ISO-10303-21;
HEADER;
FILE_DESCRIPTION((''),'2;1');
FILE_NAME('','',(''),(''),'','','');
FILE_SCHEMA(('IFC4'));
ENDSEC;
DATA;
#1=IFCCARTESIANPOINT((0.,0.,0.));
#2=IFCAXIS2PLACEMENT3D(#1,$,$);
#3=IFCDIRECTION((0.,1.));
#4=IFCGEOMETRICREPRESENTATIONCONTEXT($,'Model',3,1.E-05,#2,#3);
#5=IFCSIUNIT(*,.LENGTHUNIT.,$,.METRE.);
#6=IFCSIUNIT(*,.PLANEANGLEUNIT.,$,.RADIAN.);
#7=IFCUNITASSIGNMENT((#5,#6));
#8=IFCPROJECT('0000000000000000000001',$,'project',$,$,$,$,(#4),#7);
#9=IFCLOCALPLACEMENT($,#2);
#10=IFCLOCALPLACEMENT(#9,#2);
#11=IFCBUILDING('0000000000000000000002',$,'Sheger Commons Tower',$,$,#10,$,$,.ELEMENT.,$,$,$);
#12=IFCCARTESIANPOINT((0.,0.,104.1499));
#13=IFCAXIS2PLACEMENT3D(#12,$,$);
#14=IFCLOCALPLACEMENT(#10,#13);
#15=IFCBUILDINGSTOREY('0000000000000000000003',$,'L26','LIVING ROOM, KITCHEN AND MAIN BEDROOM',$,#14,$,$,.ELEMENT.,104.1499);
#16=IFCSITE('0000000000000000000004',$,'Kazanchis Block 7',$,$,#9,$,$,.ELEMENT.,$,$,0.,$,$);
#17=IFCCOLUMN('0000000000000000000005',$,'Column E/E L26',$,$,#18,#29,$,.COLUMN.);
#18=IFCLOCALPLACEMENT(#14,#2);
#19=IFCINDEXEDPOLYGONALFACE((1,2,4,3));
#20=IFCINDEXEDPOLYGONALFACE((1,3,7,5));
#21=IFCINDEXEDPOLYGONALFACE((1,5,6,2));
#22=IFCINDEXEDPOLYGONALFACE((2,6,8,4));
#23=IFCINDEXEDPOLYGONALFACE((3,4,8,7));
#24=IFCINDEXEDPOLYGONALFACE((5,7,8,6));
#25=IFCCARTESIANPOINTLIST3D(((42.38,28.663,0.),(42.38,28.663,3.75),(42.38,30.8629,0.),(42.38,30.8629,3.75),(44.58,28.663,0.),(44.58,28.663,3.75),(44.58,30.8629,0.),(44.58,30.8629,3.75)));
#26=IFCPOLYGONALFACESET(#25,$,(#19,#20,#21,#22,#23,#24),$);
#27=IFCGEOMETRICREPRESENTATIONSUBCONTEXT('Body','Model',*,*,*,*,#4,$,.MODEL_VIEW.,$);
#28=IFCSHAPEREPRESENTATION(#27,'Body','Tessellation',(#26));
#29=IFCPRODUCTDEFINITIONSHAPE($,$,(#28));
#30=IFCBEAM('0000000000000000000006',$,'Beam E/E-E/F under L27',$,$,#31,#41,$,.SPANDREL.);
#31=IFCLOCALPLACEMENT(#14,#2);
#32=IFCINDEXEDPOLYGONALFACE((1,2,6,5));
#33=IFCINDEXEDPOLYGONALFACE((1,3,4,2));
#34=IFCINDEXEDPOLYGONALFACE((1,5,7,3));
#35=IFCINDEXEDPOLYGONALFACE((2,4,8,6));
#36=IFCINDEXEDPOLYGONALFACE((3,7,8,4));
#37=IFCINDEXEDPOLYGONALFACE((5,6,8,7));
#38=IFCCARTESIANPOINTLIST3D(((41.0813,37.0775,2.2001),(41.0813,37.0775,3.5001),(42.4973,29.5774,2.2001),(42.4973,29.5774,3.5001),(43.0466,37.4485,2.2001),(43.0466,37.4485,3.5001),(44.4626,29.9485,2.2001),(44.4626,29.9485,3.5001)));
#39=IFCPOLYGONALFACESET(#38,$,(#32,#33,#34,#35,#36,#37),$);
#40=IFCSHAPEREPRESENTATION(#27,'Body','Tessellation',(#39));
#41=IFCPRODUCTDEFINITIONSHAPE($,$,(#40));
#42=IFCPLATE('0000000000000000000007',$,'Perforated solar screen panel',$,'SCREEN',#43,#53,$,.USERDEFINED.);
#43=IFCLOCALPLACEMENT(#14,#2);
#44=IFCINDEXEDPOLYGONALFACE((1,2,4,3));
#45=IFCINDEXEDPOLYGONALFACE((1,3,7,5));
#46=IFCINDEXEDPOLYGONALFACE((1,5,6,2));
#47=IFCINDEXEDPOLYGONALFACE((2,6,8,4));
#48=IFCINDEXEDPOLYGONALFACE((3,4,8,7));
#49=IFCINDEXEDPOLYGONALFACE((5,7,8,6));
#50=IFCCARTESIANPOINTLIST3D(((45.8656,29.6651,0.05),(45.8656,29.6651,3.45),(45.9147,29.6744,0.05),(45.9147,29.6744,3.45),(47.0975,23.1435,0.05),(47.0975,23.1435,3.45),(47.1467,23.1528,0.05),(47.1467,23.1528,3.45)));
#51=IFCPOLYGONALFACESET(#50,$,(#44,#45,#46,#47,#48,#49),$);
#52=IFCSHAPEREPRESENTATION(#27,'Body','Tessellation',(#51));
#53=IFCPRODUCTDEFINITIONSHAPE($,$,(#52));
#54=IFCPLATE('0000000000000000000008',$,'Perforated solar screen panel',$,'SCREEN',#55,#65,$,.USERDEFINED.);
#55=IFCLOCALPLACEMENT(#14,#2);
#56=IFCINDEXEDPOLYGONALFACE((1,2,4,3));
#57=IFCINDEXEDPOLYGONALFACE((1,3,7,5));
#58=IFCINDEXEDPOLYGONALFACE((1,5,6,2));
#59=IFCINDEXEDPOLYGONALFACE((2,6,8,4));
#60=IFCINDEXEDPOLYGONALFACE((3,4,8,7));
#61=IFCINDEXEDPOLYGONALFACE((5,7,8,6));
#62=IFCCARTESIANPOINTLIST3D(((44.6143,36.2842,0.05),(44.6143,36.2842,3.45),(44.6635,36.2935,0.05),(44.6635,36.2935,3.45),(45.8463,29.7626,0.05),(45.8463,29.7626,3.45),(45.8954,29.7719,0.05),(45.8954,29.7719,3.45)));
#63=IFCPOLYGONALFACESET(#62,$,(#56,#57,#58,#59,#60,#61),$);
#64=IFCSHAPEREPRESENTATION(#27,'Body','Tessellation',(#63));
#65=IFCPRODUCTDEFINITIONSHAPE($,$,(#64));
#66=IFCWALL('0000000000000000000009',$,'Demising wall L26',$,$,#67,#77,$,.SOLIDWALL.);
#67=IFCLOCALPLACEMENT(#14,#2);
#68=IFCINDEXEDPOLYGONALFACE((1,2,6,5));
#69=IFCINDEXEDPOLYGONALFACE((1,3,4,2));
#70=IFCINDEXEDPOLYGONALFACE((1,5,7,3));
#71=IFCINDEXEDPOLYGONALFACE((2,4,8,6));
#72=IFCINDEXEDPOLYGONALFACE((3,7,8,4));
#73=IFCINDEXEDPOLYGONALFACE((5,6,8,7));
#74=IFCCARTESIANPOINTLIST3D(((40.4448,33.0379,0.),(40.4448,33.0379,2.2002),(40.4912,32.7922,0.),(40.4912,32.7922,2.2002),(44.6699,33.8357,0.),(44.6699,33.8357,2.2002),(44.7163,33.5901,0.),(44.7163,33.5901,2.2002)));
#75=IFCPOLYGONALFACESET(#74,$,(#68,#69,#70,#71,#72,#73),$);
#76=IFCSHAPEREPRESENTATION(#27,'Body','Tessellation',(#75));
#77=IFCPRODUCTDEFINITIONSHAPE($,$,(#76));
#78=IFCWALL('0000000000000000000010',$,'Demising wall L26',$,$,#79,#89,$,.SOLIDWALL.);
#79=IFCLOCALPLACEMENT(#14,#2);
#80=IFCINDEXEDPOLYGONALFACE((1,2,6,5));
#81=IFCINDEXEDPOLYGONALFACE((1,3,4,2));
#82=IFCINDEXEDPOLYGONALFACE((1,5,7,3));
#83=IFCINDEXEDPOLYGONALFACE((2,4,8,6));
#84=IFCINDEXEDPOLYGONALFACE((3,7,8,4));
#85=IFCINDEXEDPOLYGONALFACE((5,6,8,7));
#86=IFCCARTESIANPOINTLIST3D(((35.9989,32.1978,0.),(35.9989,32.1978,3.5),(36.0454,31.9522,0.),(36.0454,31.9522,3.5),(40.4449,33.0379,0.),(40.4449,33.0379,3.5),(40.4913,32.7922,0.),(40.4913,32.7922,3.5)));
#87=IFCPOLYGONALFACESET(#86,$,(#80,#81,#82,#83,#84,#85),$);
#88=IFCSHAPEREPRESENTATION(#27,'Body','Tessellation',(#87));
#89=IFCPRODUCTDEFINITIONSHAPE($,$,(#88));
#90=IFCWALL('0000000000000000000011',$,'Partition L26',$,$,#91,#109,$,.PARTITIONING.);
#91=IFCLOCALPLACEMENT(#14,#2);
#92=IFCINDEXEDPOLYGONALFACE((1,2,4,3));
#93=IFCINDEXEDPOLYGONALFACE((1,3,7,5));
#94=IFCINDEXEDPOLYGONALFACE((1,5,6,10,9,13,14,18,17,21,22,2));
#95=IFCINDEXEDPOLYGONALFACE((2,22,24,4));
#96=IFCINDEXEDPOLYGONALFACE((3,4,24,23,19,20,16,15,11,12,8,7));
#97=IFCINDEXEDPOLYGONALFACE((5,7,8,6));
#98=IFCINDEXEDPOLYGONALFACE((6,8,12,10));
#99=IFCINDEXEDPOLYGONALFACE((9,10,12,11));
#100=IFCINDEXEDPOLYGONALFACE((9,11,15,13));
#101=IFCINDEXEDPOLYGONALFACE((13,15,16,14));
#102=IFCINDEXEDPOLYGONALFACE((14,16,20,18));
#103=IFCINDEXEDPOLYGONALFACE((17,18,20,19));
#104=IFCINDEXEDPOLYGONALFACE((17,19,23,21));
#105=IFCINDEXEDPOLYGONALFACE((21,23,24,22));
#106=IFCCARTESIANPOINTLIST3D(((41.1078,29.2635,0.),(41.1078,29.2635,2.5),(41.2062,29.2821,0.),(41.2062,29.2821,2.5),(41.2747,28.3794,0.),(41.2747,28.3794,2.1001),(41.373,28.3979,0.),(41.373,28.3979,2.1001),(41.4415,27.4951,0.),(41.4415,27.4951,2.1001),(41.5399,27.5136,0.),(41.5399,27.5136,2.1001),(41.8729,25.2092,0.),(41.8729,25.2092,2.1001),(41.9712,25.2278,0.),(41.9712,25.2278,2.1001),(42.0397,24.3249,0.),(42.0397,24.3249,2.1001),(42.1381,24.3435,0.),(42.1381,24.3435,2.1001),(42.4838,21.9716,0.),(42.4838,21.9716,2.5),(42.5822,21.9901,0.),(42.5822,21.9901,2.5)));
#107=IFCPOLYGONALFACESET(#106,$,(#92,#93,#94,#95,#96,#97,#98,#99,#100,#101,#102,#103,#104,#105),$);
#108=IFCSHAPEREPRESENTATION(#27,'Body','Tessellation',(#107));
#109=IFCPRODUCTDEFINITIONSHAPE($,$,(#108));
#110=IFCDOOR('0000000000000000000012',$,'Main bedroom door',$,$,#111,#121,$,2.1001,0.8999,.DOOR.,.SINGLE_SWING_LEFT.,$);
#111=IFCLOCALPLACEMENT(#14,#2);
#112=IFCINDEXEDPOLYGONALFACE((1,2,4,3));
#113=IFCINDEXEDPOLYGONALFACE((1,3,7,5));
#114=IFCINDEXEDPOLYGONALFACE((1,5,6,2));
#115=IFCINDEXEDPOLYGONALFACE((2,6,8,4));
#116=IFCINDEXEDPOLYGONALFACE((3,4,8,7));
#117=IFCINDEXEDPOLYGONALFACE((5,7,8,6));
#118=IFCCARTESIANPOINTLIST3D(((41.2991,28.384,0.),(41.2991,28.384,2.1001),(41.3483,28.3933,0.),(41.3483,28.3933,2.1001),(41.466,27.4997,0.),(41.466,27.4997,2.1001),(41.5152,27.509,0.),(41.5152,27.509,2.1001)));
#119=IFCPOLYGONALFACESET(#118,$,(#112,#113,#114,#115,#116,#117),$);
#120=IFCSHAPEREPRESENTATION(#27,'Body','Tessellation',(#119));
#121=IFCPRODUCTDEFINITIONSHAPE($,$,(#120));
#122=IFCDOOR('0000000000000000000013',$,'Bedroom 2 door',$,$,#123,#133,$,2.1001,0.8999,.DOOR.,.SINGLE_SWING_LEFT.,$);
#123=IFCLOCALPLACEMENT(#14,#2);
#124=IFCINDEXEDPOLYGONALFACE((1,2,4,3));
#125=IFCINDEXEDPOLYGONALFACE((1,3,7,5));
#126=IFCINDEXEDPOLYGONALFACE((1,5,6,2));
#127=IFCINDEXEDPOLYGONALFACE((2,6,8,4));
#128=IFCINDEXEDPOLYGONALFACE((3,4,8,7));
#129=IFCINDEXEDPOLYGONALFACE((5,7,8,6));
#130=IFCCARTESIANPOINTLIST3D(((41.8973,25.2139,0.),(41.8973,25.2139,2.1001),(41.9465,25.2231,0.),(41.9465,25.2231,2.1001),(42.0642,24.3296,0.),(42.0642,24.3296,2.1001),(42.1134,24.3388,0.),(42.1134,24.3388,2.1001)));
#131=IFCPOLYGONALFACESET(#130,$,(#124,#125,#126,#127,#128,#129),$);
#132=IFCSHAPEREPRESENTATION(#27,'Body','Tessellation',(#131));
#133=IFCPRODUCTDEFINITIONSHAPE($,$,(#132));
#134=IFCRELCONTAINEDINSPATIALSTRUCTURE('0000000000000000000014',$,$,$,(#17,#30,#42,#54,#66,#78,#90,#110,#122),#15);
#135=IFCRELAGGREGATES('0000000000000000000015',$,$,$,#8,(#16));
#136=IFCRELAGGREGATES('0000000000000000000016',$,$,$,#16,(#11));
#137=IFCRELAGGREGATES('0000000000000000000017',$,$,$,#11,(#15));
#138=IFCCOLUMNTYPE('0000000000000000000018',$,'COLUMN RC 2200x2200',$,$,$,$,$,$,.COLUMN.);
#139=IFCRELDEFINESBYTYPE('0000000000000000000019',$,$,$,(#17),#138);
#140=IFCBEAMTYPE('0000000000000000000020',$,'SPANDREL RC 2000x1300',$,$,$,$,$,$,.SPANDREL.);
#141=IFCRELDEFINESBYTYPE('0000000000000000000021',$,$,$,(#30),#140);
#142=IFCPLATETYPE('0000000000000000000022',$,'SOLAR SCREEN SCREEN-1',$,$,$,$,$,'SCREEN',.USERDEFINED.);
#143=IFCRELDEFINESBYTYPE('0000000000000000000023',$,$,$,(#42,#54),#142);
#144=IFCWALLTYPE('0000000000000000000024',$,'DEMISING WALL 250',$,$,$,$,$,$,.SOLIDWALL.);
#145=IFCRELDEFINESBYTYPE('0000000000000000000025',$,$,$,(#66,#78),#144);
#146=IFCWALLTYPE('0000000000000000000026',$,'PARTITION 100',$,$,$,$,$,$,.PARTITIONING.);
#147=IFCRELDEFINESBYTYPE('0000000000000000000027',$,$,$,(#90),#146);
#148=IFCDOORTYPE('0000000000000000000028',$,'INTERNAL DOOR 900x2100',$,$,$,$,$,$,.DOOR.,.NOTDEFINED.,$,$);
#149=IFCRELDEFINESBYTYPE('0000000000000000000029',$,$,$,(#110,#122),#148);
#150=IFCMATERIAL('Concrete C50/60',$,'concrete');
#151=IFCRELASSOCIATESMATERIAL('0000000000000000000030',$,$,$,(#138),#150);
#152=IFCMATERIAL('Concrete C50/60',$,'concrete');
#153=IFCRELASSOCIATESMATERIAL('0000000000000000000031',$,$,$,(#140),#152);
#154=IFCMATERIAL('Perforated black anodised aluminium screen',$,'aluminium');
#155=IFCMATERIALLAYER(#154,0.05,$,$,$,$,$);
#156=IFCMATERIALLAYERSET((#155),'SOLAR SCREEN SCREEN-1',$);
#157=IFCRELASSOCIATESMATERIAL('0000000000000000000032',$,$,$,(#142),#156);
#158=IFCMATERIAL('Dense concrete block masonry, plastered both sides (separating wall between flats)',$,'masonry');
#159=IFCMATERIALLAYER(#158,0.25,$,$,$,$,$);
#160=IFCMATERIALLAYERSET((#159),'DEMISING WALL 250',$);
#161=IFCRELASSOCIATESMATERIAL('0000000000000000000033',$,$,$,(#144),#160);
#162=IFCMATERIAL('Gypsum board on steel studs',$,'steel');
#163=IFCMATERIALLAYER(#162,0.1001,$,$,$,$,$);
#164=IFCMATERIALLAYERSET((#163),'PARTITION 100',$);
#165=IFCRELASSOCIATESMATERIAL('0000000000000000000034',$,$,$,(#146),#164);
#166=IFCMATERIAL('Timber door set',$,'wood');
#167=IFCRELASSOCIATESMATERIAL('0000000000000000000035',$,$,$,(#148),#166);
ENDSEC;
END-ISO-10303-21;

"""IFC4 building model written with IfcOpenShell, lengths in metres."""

from ifc_helpers import new_model, si_unit, direction, frame, frame_2d, origin, origin_2d, place, context, subcontext, project, spatial, rectangle, extrude, material, layer, layer_set, material_profile, profile_set, type_object, element, fill, save


model = new_model("IFC4")

# Units and contexts
model_context = context("Model", 3, precision=1e-05, world=origin(), true_north=direction((0.0, 1.0)))
body_context = subcontext(model_context, "Body", "Model", "MODEL_VIEW")
ifc_project = project(units=[si_unit("LENGTHUNIT", "METRE"), si_unit("PLANEANGLEUNIT", "RADIAN")], contexts=[model_context])

# Site, building, storey
site_placement = place(None, origin())
site = spatial("IfcSite", under=ifc_project, at=site_placement, Name="Kazanchis Block 7", CompositionType="ELEMENT", RefElevation=0.0)
building_placement = place(site_placement, origin())
building = spatial("IfcBuilding", under=site, at=building_placement, Name="Sheger Commons Tower", CompositionType="ELEMENT")
storey_placement = place(building_placement, frame((0.0, 0.0, 104.1499)))
storey = spatial("IfcBuildingStorey", under=building, at=storey_placement, Name="L26", Description="LIVING ROOM, KITCHEN AND MAIN BEDROOM", CompositionType="ELEMENT", Elevation=104.1499)

# Column
ifc_material_1 = material(Name="Concrete C50/60", Category="concrete")
ifc_material_profile_1 = material_profile(ifc_material_1, rectangle(XDim=2.2, YDim=2.2, at=origin_2d()), Name="RC 2200x2200")
ifc_profile_set_1 = profile_set([ifc_material_profile_1], Name="Concrete C50/60")
column_type = type_object("IfcColumnType", Name="COLUMN RC 2200x2200", PredefinedType="COLUMN", material=ifc_profile_set_1)
column_placement = place(storey_placement, frame((43.48, 29.7629, 0.0), z_axis=(0.0, 0.0, 1.0), x_axis=(1.0, 0.0, 0.0)))
element("IfcColumn", 1, at=column_placement, inside=storey, type_object=column_type, Name="Column E/E L26", PredefinedType="COLUMN", context=body_context, shape_type="SweptSolid", body=[
    extrude(rectangle(XDim=2.2, YDim=2.2, at=origin_2d()), origin(), (0.0, 0.0, 1.0), 3.75),
])

# Beam
ifc_material_2 = material(Name="Concrete C50/60", Category="concrete")
ifc_material_profile_2 = material_profile(ifc_material_2, rectangle(XDim=2.0, YDim=1.3, at=origin_2d()), Name="RC 2000x1300")
ifc_profile_set_2 = profile_set([ifc_material_profile_2], Name="Concrete C50/60")
beam_type = type_object("IfcBeamType", Name="SPANDREL RC 2000x1300", PredefinedType="SPANDREL", material=ifc_profile_set_2)
beam_placement = place(storey_placement, frame((43.48, 29.7629, 2.8501), z_axis=(-0.185524, 0.98264, 0.0), x_axis=(-0.98264, -0.185524, 0.0)))
element("IfcBeam", 2, at=beam_placement, inside=storey, type_object=beam_type, Name="Beam E/E-E/F under L27", PredefinedType="SPANDREL", context=body_context, shape_type="SweptSolid", body=[
    extrude(rectangle(XDim=2.0, YDim=1.3, at=origin_2d()), origin(), (0.0, 0.0, 1.0), 7.6326),
])

# Plates
ifc_material_3 = material(Name="Perforated black anodised aluminium screen", Category="aluminium")
ifc_layer_1 = layer(ifc_material_3, 0.05)
ifc_layer_set_1 = layer_set([ifc_layer_1], Name="SOLAR SCREEN SCREEN-1")
plate_type = type_object("IfcPlateType", Name="SOLAR SCREEN SCREEN-1", ElementType="SCREEN", PredefinedType="USERDEFINED", material=ifc_layer_set_1)
for number, where, z_axis, x_axis, name in (
    (3, (46.5061, 26.4089, 0.05), (0.0, 0.0, 1.0), (-0.185615, 0.982623, 0.0), "Perforated solar screen panel"),
    (4, (45.2549, 33.0281, 0.05), (0.0, 0.0, 1.0), (-0.185615, 0.982623, 0.0), "Perforated solar screen panel"),
):
    element("IfcPlate", number, at=place(storey_placement, frame(where, z_axis=z_axis, x_axis=x_axis)), inside=storey, type_object=plate_type, Name=name, ObjectType="SCREEN", PredefinedType="USERDEFINED", context=body_context, shape_type="SweptSolid", body=[
        extrude(rectangle(XDim=6.637, YDim=0.05, at=origin_2d()), origin(), (0.0, 0.0, 1.0), 3.3999),
    ])

# Walls
ifc_material_4 = material(Name="Dense concrete block masonry, plastered both sides (separating wall between flats)", Category="masonry")
ifc_layer_2 = layer(ifc_material_4, 0.25)
ifc_layer_set_2 = layer_set([ifc_layer_2], Name="DEMISING WALL 250")
wall_type_1 = type_object("IfcWallType", Name="DEMISING WALL 250", PredefinedType="SOLIDWALL", material=ifc_layer_set_2)
wall_1_placement = place(storey_placement, frame((44.6931, 33.7129, 0.0), z_axis=(0.0, 0.0, 1.0), x_axis=(-0.982634, -0.185557, 0.0)))
element("IfcWall", 5, at=wall_1_placement, inside=storey, type_object=wall_type_1, Name="Demising wall L26", PredefinedType="SOLIDWALL", context=body_context, shape_type="SweptSolid", body=[
    extrude(rectangle(XDim=4.2998, YDim=0.25, at=frame_2d((2.1499, 0.0))), origin(), (0.0, 0.0, 1.0), 2.2002),
])
wall_2_placement = place(storey_placement, frame((40.468, 32.915, 0.0), z_axis=(0.0, 0.0, 1.0), x_axis=(-0.982613, -0.185666, 0.0)))
element("IfcWall", 6, at=wall_2_placement, inside=storey, type_object=wall_type_1, Name="Demising wall L26", PredefinedType="SOLIDWALL", context=body_context, shape_type="SweptSolid", body=[
    extrude(rectangle(XDim=4.5247, YDim=0.25, at=frame_2d((2.2622, 0.0))), origin(), (0.0, 0.0, 1.0), 3.5),
])

# Wall, openings, doors
ifc_material_5 = material(Name="Gypsum board on steel studs", Category="steel")
ifc_layer_3 = layer(ifc_material_5, 0.1001)
ifc_layer_set_3 = layer_set([ifc_layer_3], Name="PARTITION 100")
wall_type_2 = type_object("IfcWallType", Name="PARTITION 100", PredefinedType="PARTITIONING", material=ifc_layer_set_3)
wall_3_placement = place(storey_placement, frame((41.157, 29.2729, 0.0), z_axis=(0.0, 0.0, 1.0), x_axis=(0.185425, -0.982658, 0.0)))
wall_3 = element("IfcWall", 7, at=wall_3_placement, inside=storey, type_object=wall_type_2, Name="Partition L26", PredefinedType="PARTITIONING", context=body_context, shape_type="SweptSolid", body=[
    extrude(rectangle(XDim=7.4207, YDim=0.1001, at=frame_2d((3.7104, 0.0))), origin(), (0.0, 0.0, 1.0), 2.5),
])
opening_1_placement = place(wall_3_placement, frame((0.8999, 0.0, 0.0)))
opening_1 = element("IfcOpeningElement", 8, at=opening_1_placement, cuts=wall_3, PredefinedType="OPENING", context=body_context, shape_type="SweptSolid", body=[
    extrude(rectangle(XDim=0.8999, YDim=2.1001, at=frame_2d((0.45, 1.05))), frame((0.0, 0.0601, 0.0), z_axis=(0.0, -1.0, 0.0), x_axis=(1.0, 0.0, 0.0)), (0.0, 0.0, 1.0), 0.1201),
])
opening_2_placement = place(wall_3_placement, frame((4.126, 0.0, 0.0)))
opening_2 = element("IfcOpeningElement", 9, at=opening_2_placement, cuts=wall_3, PredefinedType="OPENING", context=body_context, shape_type="SweptSolid", body=[
    extrude(rectangle(XDim=0.8999, YDim=2.1001, at=frame_2d((0.45, 1.05))), frame((0.0, 0.0601, 0.0), z_axis=(0.0, -1.0, 0.0), x_axis=(1.0, 0.0, 0.0)), (0.0, 0.0, 1.0), 0.1201),
])
ifc_material_6 = material(Name="Timber door set", Category="wood")
door_type = type_object("IfcDoorType", Name="INTERNAL DOOR 900x2100", OperationType="NOTDEFINED", PredefinedType="DOOR", material=ifc_material_6)
door_1_placement = place(opening_1_placement, origin())
door_1 = element("IfcDoor", 10, at=door_1_placement, inside=storey, type_object=door_type, Name="Main bedroom door", OperationType="SINGLE_SWING_LEFT", OverallHeight=2.1001, OverallWidth=0.8999, PredefinedType="DOOR", context=body_context, shape_type="SweptSolid", body=[
    extrude(rectangle(XDim=0.8999, YDim=2.1001, at=frame_2d((0.45, 1.05))), frame((0.0, 0.0249, 0.0), z_axis=(0.0, -1.0, 0.0), x_axis=(1.0, 0.0, 0.0)), (0.0, 0.0, 1.0), 0.05),
])
fill(opening_1, door_1)
door_2_placement = place(opening_2_placement, origin())
door_2 = element("IfcDoor", 11, at=door_2_placement, inside=storey, type_object=door_type, Name="Bedroom 2 door", OperationType="SINGLE_SWING_LEFT", OverallHeight=2.1001, OverallWidth=0.8999, PredefinedType="DOOR", context=body_context, shape_type="SweptSolid", body=[
    extrude(rectangle(XDim=0.8999, YDim=2.1001, at=frame_2d((0.45, 1.05))), frame((0.0, 0.0249, 0.0), z_axis=(0.0, -1.0, 0.0), x_axis=(1.0, 0.0, 0.0)), (0.0, 0.0, 1.0), 0.05),
])
fill(opening_2, door_2)

save(model, "model.ifc")
